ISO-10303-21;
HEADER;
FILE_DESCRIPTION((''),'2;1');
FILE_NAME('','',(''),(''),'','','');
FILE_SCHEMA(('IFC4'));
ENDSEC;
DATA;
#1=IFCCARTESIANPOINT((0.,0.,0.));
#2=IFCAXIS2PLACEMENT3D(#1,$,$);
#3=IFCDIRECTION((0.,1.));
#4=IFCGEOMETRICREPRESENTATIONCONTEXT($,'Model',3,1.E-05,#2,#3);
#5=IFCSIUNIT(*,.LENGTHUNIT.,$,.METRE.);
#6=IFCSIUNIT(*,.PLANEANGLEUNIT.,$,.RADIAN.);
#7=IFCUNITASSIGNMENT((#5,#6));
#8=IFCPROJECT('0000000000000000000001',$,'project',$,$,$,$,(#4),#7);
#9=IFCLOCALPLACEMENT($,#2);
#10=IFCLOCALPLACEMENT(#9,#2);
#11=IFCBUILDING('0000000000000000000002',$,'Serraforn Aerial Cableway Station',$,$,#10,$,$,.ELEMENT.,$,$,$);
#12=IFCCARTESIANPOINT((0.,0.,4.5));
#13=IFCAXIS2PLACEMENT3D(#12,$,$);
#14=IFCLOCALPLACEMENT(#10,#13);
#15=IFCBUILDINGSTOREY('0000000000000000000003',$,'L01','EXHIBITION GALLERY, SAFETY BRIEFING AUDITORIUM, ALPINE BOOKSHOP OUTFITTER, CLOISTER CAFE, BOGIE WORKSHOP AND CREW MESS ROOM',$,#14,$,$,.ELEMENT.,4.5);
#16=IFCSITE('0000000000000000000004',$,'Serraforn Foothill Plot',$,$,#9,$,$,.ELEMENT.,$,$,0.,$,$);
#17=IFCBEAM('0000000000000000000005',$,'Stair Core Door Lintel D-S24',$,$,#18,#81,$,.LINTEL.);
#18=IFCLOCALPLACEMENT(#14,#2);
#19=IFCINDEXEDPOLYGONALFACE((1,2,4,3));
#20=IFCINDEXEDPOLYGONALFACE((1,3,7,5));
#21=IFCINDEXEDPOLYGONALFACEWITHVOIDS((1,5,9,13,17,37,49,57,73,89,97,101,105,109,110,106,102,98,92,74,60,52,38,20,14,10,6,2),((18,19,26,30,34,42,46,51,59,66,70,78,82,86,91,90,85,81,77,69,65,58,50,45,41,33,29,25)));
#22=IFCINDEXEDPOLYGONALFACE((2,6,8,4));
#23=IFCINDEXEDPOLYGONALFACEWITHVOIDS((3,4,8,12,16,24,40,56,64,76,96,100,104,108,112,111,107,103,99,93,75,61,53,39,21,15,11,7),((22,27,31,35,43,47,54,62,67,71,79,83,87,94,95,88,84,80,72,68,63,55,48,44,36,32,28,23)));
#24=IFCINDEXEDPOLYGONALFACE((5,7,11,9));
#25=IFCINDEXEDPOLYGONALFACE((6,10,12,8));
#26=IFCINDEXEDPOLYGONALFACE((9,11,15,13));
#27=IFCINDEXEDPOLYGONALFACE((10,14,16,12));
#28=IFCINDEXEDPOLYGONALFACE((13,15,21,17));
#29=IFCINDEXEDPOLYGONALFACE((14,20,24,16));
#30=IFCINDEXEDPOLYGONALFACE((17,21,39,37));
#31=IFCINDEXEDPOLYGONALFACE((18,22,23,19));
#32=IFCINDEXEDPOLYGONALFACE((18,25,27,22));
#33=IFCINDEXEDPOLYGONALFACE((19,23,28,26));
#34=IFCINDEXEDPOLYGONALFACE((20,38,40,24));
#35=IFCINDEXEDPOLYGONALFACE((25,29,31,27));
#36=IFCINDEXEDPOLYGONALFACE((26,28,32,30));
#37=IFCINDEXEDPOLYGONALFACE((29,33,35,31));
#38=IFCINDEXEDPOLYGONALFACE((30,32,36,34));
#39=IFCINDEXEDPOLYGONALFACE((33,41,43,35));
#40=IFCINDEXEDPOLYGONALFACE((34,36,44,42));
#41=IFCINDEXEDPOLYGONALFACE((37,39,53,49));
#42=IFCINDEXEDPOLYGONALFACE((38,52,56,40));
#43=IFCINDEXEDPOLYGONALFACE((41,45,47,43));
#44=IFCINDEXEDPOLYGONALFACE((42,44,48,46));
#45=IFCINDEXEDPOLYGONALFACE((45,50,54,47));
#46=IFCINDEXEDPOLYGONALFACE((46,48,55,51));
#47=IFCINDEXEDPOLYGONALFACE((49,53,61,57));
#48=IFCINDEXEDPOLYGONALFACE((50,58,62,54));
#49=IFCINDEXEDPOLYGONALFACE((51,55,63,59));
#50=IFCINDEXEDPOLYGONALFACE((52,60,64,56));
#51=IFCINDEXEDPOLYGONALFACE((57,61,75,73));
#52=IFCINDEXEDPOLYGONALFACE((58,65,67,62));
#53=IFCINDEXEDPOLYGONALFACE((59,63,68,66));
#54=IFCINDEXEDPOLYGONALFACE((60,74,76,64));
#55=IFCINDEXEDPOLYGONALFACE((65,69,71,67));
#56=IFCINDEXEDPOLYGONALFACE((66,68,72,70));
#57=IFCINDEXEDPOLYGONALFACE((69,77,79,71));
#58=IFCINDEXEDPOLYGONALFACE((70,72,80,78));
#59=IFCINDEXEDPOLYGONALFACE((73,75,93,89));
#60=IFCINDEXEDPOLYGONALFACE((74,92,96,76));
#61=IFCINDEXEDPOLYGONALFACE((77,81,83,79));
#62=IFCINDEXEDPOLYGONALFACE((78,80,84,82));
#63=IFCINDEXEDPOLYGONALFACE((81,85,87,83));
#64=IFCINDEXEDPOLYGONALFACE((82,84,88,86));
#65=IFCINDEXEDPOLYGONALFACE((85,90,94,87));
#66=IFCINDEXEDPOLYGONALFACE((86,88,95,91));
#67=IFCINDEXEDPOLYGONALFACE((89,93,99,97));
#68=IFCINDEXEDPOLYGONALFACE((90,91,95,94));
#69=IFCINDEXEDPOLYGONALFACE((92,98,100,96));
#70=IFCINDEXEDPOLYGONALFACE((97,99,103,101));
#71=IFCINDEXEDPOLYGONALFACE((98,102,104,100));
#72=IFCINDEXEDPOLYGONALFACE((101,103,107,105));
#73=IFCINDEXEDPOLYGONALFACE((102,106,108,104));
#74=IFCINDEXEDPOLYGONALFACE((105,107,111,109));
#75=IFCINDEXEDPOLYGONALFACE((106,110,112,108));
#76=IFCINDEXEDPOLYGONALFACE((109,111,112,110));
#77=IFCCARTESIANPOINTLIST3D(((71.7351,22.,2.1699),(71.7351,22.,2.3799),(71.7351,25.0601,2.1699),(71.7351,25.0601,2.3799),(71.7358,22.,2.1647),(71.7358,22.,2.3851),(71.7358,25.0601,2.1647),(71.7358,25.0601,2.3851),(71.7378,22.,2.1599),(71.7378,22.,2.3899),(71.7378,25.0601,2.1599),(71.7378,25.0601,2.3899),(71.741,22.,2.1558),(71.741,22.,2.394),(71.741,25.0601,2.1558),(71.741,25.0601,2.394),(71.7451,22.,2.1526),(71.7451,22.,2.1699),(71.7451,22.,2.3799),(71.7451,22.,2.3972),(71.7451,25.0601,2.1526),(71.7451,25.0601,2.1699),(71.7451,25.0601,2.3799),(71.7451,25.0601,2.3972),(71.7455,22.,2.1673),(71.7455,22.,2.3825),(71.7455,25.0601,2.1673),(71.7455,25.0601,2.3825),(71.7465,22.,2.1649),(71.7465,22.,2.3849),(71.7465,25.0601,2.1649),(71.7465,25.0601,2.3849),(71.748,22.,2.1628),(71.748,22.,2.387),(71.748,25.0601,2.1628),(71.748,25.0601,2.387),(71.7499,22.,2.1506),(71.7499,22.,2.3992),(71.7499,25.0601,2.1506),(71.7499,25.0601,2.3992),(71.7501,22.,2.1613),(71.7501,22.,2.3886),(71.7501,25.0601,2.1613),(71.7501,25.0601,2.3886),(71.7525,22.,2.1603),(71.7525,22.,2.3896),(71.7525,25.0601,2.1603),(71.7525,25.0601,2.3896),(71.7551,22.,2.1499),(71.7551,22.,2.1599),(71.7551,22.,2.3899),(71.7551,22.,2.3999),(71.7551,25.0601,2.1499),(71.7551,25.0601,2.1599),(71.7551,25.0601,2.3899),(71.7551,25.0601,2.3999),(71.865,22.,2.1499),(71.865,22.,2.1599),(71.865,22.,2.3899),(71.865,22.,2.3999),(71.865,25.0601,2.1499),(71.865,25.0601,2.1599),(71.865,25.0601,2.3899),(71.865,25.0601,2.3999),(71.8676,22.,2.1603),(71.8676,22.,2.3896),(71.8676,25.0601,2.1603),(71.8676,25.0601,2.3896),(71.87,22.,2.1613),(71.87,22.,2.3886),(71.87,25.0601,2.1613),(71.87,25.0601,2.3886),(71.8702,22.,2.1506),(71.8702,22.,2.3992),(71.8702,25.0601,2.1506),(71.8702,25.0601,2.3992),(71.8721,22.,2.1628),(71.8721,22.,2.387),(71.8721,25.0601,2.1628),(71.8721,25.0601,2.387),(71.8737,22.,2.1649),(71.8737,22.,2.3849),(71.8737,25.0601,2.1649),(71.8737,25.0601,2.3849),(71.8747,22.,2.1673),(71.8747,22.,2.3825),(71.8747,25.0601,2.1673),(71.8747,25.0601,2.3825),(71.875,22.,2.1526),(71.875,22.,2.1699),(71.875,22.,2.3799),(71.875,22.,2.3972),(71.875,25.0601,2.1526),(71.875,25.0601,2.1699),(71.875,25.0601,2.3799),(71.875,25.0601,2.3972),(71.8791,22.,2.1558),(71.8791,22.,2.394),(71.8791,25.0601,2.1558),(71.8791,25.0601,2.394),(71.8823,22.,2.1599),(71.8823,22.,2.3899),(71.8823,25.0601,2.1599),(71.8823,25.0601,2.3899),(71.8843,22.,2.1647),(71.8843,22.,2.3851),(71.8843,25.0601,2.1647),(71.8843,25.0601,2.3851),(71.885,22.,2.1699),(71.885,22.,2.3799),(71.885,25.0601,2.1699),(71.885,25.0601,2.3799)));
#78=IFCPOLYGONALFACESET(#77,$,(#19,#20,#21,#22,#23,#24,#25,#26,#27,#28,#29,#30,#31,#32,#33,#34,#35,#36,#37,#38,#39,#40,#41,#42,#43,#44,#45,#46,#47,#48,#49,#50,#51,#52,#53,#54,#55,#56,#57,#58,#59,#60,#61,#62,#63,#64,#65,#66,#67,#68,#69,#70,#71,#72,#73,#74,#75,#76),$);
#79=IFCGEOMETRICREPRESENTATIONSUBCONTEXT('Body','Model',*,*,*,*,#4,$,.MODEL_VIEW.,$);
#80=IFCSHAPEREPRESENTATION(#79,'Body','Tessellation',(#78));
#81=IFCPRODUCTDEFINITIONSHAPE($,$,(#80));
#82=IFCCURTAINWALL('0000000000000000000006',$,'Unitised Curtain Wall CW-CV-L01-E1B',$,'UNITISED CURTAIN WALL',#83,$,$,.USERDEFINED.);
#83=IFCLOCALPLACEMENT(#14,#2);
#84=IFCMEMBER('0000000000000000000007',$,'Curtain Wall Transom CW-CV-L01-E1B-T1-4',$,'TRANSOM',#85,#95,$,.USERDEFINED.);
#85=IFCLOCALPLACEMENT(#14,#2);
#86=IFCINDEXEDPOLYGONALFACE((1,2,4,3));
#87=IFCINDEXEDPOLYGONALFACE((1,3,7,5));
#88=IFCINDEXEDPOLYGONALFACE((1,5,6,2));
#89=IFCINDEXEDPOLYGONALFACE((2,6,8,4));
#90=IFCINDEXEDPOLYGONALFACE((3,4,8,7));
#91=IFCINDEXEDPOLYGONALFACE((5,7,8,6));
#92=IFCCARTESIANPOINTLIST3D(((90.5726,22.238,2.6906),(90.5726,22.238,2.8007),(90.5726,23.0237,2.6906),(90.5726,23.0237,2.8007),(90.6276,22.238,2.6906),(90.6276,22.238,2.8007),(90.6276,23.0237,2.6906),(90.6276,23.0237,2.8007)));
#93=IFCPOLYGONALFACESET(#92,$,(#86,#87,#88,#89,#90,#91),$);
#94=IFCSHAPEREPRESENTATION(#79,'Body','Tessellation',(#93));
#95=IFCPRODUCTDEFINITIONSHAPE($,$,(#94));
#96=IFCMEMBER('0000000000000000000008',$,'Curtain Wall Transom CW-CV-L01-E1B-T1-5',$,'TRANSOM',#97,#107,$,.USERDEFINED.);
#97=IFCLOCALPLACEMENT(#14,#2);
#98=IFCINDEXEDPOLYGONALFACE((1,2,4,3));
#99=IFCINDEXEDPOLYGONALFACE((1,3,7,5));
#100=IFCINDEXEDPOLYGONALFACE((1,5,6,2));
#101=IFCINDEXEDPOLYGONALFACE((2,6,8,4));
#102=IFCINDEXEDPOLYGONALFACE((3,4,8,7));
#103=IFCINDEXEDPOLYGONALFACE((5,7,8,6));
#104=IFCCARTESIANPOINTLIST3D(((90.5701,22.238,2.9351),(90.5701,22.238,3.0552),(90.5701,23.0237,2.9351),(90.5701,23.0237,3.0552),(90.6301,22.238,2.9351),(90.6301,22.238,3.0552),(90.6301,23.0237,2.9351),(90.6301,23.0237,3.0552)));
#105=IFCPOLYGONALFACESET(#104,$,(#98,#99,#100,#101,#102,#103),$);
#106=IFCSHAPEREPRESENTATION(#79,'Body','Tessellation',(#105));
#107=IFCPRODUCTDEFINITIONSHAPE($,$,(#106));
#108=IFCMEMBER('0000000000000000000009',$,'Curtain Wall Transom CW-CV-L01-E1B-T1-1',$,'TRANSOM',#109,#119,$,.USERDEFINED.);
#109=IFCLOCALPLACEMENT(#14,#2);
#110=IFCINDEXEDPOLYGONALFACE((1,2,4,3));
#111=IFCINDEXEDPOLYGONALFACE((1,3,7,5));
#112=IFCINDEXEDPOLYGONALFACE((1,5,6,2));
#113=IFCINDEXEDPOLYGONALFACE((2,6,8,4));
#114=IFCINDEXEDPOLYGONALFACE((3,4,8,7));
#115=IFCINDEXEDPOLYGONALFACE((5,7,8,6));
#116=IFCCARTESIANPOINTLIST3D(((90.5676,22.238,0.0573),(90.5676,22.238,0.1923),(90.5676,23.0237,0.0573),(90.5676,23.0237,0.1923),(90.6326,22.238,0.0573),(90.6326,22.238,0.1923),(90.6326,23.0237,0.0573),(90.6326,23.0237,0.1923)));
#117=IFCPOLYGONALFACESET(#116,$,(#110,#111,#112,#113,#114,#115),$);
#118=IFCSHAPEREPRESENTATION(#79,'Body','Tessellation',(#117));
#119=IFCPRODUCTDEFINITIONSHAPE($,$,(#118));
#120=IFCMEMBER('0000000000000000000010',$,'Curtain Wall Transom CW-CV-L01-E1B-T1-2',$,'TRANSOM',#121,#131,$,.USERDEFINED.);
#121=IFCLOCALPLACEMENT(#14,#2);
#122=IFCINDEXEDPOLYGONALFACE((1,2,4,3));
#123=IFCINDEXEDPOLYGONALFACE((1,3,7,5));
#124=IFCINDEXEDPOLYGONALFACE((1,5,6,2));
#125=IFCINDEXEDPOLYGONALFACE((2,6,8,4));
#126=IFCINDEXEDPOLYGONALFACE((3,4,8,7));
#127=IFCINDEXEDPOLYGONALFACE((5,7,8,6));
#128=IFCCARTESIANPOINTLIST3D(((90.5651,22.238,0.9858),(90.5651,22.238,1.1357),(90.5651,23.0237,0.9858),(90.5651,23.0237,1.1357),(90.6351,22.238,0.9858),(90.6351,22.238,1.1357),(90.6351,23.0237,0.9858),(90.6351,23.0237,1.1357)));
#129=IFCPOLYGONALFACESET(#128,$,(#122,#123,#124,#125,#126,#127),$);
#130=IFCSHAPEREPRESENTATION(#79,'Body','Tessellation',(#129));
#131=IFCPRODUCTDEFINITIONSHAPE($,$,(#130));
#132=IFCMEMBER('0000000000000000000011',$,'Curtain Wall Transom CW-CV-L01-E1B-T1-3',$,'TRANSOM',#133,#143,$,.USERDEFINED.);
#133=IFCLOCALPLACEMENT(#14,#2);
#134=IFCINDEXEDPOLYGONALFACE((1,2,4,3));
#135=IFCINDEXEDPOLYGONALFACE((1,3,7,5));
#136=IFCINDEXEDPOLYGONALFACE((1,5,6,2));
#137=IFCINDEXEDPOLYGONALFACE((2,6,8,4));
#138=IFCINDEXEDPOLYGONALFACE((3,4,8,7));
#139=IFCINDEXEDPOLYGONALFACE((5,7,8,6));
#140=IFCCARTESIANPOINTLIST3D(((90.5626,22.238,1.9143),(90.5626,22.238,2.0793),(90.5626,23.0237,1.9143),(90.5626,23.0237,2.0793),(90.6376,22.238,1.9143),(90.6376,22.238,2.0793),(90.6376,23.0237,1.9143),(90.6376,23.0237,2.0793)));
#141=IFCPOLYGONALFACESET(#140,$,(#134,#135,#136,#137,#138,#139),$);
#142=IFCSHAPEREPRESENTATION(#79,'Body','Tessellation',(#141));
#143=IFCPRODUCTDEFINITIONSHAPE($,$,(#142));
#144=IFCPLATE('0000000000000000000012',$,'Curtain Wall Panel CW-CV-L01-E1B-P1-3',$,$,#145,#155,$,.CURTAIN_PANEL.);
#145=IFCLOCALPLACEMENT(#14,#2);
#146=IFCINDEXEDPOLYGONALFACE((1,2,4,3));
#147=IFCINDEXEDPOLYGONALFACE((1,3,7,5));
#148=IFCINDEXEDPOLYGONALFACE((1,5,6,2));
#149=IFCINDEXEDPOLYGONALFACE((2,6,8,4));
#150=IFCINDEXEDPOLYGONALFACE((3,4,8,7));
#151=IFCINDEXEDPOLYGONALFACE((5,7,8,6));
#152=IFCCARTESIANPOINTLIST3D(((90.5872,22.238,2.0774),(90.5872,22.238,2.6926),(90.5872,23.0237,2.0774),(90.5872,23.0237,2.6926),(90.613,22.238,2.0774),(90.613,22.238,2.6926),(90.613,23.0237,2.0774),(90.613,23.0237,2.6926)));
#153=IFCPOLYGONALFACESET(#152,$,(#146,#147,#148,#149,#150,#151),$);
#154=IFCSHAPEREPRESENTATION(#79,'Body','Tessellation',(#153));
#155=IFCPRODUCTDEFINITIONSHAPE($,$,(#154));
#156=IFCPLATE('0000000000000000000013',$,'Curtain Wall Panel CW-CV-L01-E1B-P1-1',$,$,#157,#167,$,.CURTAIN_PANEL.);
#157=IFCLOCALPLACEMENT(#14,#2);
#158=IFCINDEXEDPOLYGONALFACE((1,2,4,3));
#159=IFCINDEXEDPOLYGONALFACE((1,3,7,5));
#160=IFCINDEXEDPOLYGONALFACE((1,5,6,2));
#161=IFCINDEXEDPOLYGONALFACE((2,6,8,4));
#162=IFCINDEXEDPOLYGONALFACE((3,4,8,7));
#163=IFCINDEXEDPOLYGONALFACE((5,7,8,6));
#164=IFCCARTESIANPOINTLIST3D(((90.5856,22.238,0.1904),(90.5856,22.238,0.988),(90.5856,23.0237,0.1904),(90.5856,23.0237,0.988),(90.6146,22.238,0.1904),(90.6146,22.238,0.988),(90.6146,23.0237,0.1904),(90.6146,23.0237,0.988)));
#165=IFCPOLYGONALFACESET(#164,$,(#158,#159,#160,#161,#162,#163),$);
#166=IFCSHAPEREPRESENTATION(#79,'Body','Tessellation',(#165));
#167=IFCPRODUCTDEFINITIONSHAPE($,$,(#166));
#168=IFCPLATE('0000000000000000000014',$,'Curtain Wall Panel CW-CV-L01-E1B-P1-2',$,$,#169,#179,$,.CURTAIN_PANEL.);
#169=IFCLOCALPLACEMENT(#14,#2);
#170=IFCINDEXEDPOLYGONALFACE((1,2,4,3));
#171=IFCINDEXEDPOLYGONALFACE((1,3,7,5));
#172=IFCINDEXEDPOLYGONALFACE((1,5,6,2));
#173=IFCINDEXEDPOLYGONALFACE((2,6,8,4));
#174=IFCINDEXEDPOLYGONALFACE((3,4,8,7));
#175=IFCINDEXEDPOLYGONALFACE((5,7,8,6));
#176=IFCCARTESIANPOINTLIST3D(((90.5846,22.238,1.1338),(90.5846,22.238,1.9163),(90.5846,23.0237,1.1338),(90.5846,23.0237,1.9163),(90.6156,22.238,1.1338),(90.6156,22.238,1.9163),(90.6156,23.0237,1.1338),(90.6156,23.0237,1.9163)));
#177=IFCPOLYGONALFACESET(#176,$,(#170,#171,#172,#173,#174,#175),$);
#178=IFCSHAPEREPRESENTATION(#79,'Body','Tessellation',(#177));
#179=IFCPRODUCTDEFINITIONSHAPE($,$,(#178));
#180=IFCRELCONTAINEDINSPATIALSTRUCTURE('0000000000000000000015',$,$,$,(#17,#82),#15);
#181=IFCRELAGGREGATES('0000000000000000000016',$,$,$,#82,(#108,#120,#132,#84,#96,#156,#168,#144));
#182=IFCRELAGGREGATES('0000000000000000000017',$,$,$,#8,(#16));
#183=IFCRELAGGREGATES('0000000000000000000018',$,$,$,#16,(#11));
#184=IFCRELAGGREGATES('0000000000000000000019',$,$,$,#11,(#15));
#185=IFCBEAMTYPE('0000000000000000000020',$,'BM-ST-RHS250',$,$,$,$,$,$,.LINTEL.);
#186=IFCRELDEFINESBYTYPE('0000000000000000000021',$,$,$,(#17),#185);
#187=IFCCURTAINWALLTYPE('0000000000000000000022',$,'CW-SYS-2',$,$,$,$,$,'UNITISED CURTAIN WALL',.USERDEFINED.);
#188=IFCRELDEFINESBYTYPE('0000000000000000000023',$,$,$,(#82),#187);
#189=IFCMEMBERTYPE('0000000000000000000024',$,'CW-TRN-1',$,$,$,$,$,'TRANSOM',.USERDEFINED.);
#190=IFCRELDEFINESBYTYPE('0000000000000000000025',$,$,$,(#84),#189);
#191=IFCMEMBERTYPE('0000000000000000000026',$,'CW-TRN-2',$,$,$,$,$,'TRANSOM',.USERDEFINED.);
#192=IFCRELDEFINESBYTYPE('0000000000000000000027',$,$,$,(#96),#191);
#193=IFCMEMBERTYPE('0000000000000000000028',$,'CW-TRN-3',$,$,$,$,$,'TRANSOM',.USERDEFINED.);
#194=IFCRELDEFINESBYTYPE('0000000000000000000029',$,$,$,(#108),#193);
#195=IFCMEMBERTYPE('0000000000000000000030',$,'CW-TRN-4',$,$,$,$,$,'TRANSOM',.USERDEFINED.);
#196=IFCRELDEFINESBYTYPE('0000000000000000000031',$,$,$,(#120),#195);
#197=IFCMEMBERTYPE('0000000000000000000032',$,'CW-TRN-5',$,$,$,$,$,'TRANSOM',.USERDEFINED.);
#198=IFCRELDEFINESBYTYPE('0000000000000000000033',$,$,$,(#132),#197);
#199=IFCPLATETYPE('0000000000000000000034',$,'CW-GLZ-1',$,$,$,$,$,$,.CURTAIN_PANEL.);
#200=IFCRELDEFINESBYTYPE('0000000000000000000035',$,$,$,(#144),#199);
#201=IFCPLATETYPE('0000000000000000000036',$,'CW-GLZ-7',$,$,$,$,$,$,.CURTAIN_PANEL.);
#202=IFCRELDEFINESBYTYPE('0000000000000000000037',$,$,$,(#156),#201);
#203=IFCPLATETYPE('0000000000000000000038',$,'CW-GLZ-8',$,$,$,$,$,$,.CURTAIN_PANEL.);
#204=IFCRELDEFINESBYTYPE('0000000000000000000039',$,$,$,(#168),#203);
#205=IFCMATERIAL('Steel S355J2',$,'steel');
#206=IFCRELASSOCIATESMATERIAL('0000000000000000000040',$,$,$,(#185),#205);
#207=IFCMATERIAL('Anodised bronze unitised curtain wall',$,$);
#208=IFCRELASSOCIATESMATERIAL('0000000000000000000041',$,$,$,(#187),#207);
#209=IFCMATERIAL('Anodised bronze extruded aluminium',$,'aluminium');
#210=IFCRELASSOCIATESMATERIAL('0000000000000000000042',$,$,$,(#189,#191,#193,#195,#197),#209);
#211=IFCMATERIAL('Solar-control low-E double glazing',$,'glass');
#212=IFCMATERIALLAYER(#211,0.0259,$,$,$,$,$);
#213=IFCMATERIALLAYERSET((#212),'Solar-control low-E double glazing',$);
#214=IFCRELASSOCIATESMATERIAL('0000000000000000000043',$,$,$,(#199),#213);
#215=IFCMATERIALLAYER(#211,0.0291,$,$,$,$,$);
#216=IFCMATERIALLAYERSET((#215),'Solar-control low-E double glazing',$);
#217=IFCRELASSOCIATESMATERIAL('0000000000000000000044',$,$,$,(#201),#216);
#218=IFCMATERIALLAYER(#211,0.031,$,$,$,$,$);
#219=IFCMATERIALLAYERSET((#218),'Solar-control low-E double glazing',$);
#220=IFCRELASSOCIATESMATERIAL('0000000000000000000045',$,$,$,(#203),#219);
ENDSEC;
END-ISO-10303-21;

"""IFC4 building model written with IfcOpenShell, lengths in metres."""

from ifc_helpers import new_model, si_unit, direction, frame, origin, origin_2d, place, context, subcontext, project, spatial, rectangle, hollow_rectangle, extrude, material, layer, layer_set, material_profile, profile_set, type_object, element, aggregate, save


model = new_model("IFC4")

# Units and contexts
model_context = context("Model", 3, precision=1e-05, world=origin(), true_north=direction((0.0, 1.0)))
body_context = subcontext(model_context, "Body", "Model", "MODEL_VIEW")
ifc_project = project(units=[si_unit("LENGTHUNIT", "METRE"), si_unit("PLANEANGLEUNIT", "RADIAN")], contexts=[model_context])

# Site, building, storey
site_placement = place(None, origin())
site = spatial("IfcSite", under=ifc_project, at=site_placement, Name="Serraforn Foothill Plot", CompositionType="ELEMENT", RefElevation=0.0)
building_placement = place(site_placement, origin())
building = spatial("IfcBuilding", under=site, at=building_placement, Name="Serraforn Aerial Cableway Station", CompositionType="ELEMENT")
storey_placement = place(building_placement, frame((0.0, 0.0, 4.5)))
storey = spatial("IfcBuildingStorey", under=building, at=storey_placement, Name="L01", Description="EXHIBITION GALLERY, SAFETY BRIEFING AUDITORIUM, ALPINE BOOKSHOP OUTFITTER, CLOISTER CAFE, BOGIE WORKSHOP AND CREW MESS ROOM", CompositionType="ELEMENT", Elevation=4.5)

# Beam
ifc_material_1 = material(Name="Steel S355J2", Category="steel")
ifc_material_profile_1 = material_profile(ifc_material_1, hollow_rectangle(XDim=0.1499, YDim=0.25, WallThickness=0.01, InnerFilletRadius=0.01, OuterFilletRadius=0.02, at=origin_2d()), Name="RHS 250x150x10.0")
ifc_profile_set_1 = profile_set([ifc_material_profile_1], Name="Steel S355J2")
beam_type_1 = type_object("IfcBeamType", Name="BM-ST-RHS250", PredefinedType="LINTEL", material=ifc_profile_set_1)
beam_1_placement = place(storey_placement, frame((71.8101, 25.0601, 2.2749), z_axis=(0.0, -1.0, 0.0), x_axis=(1.0, 0.0, 0.0)))
element("IfcBeam", 1, at=beam_1_placement, inside=storey, type_object=beam_type_1, Name="Stair Core Door Lintel D-S24", PredefinedType="LINTEL", context=body_context, shape_type="SweptSolid", body=[
    extrude(hollow_rectangle(XDim=0.1499, YDim=0.25, WallThickness=0.01, InnerFilletRadius=0.01, OuterFilletRadius=0.02, at=origin_2d()), origin(), (0.0, 0.0, 1.0), 3.0601),
])

# Curtain wall, members, plates
ifc_material_2 = material(Name="Anodised bronze unitised curtain wall")
curtain_wall_type = type_object("IfcCurtainWallType", Name="CW-SYS-2", ElementType="UNITISED CURTAIN WALL", PredefinedType="USERDEFINED", material=ifc_material_2)
curtain_wall_placement = place(storey_placement, origin())
curtain_wall = element("IfcCurtainWall", 2, at=curtain_wall_placement, inside=storey, type_object=curtain_wall_type, Name="Unitised Curtain Wall CW-CV-L01-E1B", ObjectType="UNITISED CURTAIN WALL", PredefinedType="USERDEFINED")
ifc_material_3 = material(Name="Anodised bronze extruded aluminium", Category="aluminium")
ifc_material_profile_2 = material_profile(ifc_material_3, rectangle(XDim=0.0549, YDim=0.1101, at=origin_2d()), Name="CW TRANSOM 55x110")
ifc_profile_set_2 = profile_set([ifc_material_profile_2], Name="Anodised bronze extruded aluminium")
member_type_1 = type_object("IfcMemberType", Name="CW-TRN-1", ElementType="TRANSOM", PredefinedType="USERDEFINED", material=ifc_profile_set_2)
member_1_placement = place(storey_placement, frame((90.6001, 22.238, 2.7456), z_axis=(0.0, 1.0, 0.0), x_axis=(-1.0, 0.0, 0.0)))
member_1 = element("IfcMember", 3, at=member_1_placement, type_object=member_type_1, Name="Curtain Wall Transom CW-CV-L01-E1B-T1-4", ObjectType="TRANSOM", PredefinedType="USERDEFINED", context=body_context, shape_type="SweptSolid", body=[
    extrude(rectangle(XDim=0.0549, YDim=0.1101, at=origin_2d()), origin(), (0.0, 0.0, 1.0), 0.7856),
])
ifc_material_profile_3 = material_profile(ifc_material_3, rectangle(XDim=0.0601, YDim=0.1201, at=origin_2d()), Name="CW TRANSOM 60x120")
ifc_profile_set_3 = profile_set([ifc_material_profile_3], Name="Anodised bronze extruded aluminium")
member_type_2 = type_object("IfcMemberType", Name="CW-TRN-2", ElementType="TRANSOM", PredefinedType="USERDEFINED", material=ifc_profile_set_3)
member_2_placement = place(storey_placement, frame((90.6001, 22.238, 2.9951), z_axis=(0.0, 1.0, 0.0), x_axis=(-1.0, 0.0, 0.0)))
member_2 = element("IfcMember", 4, at=member_2_placement, type_object=member_type_2, Name="Curtain Wall Transom CW-CV-L01-E1B-T1-5", ObjectType="TRANSOM", PredefinedType="USERDEFINED", context=body_context, shape_type="SweptSolid", body=[
    extrude(rectangle(XDim=0.0601, YDim=0.1201, at=origin_2d()), origin(), (0.0, 0.0, 1.0), 0.7856),
])
ifc_material_profile_4 = material_profile(ifc_material_3, rectangle(XDim=0.0649, YDim=0.135, at=origin_2d()), Name="CW TRANSOM 65x135")
ifc_profile_set_4 = profile_set([ifc_material_profile_4], Name="Anodised bronze extruded aluminium")
member_type_3 = type_object("IfcMemberType", Name="CW-TRN-3", ElementType="TRANSOM", PredefinedType="USERDEFINED", material=ifc_profile_set_4)
member_3_placement = place(storey_placement, frame((90.6001, 22.238, 0.1248), z_axis=(0.0, 1.0, 0.0), x_axis=(-1.0, 0.0, 0.0)))
member_3 = element("IfcMember", 5, at=member_3_placement, type_object=member_type_3, Name="Curtain Wall Transom CW-CV-L01-E1B-T1-1", ObjectType="TRANSOM", PredefinedType="USERDEFINED", context=body_context, shape_type="SweptSolid", body=[
    extrude(rectangle(XDim=0.0649, YDim=0.135, at=origin_2d()), origin(), (0.0, 0.0, 1.0), 0.7856),
])
ifc_material_profile_5 = material_profile(ifc_material_3, rectangle(XDim=0.0701, YDim=0.1499, at=origin_2d()), Name="CW TRANSOM 70x150")
ifc_profile_set_5 = profile_set([ifc_material_profile_5], Name="Anodised bronze extruded aluminium")
member_type_4 = type_object("IfcMemberType", Name="CW-TRN-4", ElementType="TRANSOM", PredefinedType="USERDEFINED", material=ifc_profile_set_5)
member_4_placement = place(storey_placement, frame((90.6001, 22.238, 1.0608), z_axis=(0.0, 1.0, 0.0), x_axis=(-1.0, 0.0, 0.0)))
member_4 = element("IfcMember", 6, at=member_4_placement, type_object=member_type_4, Name="Curtain Wall Transom CW-CV-L01-E1B-T1-2", ObjectType="TRANSOM", PredefinedType="USERDEFINED", context=body_context, shape_type="SweptSolid", body=[
    extrude(rectangle(XDim=0.0701, YDim=0.1499, at=origin_2d()), origin(), (0.0, 0.0, 1.0), 0.7856),
])
ifc_material_profile_6 = material_profile(ifc_material_3, rectangle(XDim=0.075, YDim=0.165, at=origin_2d()), Name="CW TRANSOM 75x165")
ifc_profile_set_6 = profile_set([ifc_material_profile_6], Name="Anodised bronze extruded aluminium")
member_type_5 = type_object("IfcMemberType", Name="CW-TRN-5", ElementType="TRANSOM", PredefinedType="USERDEFINED", material=ifc_profile_set_6)
member_5_placement = place(storey_placement, frame((90.6001, 22.238, 1.9968), z_axis=(0.0, 1.0, 0.0), x_axis=(-1.0, 0.0, 0.0)))
member_5 = element("IfcMember", 7, at=member_5_placement, type_object=member_type_5, Name="Curtain Wall Transom CW-CV-L01-E1B-T1-3", ObjectType="TRANSOM", PredefinedType="USERDEFINED", context=body_context, shape_type="SweptSolid", body=[
    extrude(rectangle(XDim=0.075, YDim=0.165, at=origin_2d()), origin(), (0.0, 0.0, 1.0), 0.7856),
])
ifc_material_4 = material(Name="Solar-control low-E double glazing", Category="glass")
ifc_layer_1 = layer(ifc_material_4, 0.0259)
ifc_layer_set_1 = layer_set([ifc_layer_1], Name="Solar-control low-E double glazing")
plate_type_1 = type_object("IfcPlateType", Name="CW-GLZ-1", PredefinedType="CURTAIN_PANEL", material=ifc_layer_set_1)
plate_1_placement = place(storey_placement, frame((90.6001, 22.6309, 2.0774), z_axis=(0.0, 0.0, 1.0), x_axis=(1.0, 0.0, 0.0)))
plate_1 = element("IfcPlate", 8, at=plate_1_placement, type_object=plate_type_1, Name="Curtain Wall Panel CW-CV-L01-E1B-P1-3", PredefinedType="CURTAIN_PANEL", context=body_context, shape_type="SweptSolid", body=[
    extrude(rectangle(XDim=0.0259, YDim=0.7856, at=origin_2d()), origin(), (0.0, 0.0, 1.0), 0.6152),
])
ifc_layer_2 = layer(ifc_material_4, 0.0291)
ifc_layer_set_2 = layer_set([ifc_layer_2], Name="Solar-control low-E double glazing")
plate_type_2 = type_object("IfcPlateType", Name="CW-GLZ-7", PredefinedType="CURTAIN_PANEL", material=ifc_layer_set_2)
plate_2_placement = place(storey_placement, frame((90.6001, 22.6309, 0.1904), z_axis=(0.0, 0.0, 1.0), x_axis=(1.0, 0.0, 0.0)))
plate_2 = element("IfcPlate", 9, at=plate_2_placement, type_object=plate_type_2, Name="Curtain Wall Panel CW-CV-L01-E1B-P1-1", PredefinedType="CURTAIN_PANEL", context=body_context, shape_type="SweptSolid", body=[
    extrude(rectangle(XDim=0.0291, YDim=0.7856, at=origin_2d()), origin(), (0.0, 0.0, 1.0), 0.7976),
])
ifc_layer_3 = layer(ifc_material_4, 0.031)
ifc_layer_set_3 = layer_set([ifc_layer_3], Name="Solar-control low-E double glazing")
plate_type_3 = type_object("IfcPlateType", Name="CW-GLZ-8", PredefinedType="CURTAIN_PANEL", material=ifc_layer_set_3)
plate_3_placement = place(storey_placement, frame((90.6001, 22.6309, 1.1338), z_axis=(0.0, 0.0, 1.0), x_axis=(1.0, 0.0, 0.0)))
plate_3 = element("IfcPlate", 10, at=plate_3_placement, type_object=plate_type_3, Name="Curtain Wall Panel CW-CV-L01-E1B-P1-2", PredefinedType="CURTAIN_PANEL", context=body_context, shape_type="SweptSolid", body=[
    extrude(rectangle(XDim=0.031, YDim=0.7856, at=origin_2d()), origin(), (0.0, 0.0, 1.0), 0.7825),
])
aggregate(curtain_wall, [member_3, member_4, member_5, member_1, member_2, plate_2, plate_3, plate_1])

save(model, "model.ifc")
